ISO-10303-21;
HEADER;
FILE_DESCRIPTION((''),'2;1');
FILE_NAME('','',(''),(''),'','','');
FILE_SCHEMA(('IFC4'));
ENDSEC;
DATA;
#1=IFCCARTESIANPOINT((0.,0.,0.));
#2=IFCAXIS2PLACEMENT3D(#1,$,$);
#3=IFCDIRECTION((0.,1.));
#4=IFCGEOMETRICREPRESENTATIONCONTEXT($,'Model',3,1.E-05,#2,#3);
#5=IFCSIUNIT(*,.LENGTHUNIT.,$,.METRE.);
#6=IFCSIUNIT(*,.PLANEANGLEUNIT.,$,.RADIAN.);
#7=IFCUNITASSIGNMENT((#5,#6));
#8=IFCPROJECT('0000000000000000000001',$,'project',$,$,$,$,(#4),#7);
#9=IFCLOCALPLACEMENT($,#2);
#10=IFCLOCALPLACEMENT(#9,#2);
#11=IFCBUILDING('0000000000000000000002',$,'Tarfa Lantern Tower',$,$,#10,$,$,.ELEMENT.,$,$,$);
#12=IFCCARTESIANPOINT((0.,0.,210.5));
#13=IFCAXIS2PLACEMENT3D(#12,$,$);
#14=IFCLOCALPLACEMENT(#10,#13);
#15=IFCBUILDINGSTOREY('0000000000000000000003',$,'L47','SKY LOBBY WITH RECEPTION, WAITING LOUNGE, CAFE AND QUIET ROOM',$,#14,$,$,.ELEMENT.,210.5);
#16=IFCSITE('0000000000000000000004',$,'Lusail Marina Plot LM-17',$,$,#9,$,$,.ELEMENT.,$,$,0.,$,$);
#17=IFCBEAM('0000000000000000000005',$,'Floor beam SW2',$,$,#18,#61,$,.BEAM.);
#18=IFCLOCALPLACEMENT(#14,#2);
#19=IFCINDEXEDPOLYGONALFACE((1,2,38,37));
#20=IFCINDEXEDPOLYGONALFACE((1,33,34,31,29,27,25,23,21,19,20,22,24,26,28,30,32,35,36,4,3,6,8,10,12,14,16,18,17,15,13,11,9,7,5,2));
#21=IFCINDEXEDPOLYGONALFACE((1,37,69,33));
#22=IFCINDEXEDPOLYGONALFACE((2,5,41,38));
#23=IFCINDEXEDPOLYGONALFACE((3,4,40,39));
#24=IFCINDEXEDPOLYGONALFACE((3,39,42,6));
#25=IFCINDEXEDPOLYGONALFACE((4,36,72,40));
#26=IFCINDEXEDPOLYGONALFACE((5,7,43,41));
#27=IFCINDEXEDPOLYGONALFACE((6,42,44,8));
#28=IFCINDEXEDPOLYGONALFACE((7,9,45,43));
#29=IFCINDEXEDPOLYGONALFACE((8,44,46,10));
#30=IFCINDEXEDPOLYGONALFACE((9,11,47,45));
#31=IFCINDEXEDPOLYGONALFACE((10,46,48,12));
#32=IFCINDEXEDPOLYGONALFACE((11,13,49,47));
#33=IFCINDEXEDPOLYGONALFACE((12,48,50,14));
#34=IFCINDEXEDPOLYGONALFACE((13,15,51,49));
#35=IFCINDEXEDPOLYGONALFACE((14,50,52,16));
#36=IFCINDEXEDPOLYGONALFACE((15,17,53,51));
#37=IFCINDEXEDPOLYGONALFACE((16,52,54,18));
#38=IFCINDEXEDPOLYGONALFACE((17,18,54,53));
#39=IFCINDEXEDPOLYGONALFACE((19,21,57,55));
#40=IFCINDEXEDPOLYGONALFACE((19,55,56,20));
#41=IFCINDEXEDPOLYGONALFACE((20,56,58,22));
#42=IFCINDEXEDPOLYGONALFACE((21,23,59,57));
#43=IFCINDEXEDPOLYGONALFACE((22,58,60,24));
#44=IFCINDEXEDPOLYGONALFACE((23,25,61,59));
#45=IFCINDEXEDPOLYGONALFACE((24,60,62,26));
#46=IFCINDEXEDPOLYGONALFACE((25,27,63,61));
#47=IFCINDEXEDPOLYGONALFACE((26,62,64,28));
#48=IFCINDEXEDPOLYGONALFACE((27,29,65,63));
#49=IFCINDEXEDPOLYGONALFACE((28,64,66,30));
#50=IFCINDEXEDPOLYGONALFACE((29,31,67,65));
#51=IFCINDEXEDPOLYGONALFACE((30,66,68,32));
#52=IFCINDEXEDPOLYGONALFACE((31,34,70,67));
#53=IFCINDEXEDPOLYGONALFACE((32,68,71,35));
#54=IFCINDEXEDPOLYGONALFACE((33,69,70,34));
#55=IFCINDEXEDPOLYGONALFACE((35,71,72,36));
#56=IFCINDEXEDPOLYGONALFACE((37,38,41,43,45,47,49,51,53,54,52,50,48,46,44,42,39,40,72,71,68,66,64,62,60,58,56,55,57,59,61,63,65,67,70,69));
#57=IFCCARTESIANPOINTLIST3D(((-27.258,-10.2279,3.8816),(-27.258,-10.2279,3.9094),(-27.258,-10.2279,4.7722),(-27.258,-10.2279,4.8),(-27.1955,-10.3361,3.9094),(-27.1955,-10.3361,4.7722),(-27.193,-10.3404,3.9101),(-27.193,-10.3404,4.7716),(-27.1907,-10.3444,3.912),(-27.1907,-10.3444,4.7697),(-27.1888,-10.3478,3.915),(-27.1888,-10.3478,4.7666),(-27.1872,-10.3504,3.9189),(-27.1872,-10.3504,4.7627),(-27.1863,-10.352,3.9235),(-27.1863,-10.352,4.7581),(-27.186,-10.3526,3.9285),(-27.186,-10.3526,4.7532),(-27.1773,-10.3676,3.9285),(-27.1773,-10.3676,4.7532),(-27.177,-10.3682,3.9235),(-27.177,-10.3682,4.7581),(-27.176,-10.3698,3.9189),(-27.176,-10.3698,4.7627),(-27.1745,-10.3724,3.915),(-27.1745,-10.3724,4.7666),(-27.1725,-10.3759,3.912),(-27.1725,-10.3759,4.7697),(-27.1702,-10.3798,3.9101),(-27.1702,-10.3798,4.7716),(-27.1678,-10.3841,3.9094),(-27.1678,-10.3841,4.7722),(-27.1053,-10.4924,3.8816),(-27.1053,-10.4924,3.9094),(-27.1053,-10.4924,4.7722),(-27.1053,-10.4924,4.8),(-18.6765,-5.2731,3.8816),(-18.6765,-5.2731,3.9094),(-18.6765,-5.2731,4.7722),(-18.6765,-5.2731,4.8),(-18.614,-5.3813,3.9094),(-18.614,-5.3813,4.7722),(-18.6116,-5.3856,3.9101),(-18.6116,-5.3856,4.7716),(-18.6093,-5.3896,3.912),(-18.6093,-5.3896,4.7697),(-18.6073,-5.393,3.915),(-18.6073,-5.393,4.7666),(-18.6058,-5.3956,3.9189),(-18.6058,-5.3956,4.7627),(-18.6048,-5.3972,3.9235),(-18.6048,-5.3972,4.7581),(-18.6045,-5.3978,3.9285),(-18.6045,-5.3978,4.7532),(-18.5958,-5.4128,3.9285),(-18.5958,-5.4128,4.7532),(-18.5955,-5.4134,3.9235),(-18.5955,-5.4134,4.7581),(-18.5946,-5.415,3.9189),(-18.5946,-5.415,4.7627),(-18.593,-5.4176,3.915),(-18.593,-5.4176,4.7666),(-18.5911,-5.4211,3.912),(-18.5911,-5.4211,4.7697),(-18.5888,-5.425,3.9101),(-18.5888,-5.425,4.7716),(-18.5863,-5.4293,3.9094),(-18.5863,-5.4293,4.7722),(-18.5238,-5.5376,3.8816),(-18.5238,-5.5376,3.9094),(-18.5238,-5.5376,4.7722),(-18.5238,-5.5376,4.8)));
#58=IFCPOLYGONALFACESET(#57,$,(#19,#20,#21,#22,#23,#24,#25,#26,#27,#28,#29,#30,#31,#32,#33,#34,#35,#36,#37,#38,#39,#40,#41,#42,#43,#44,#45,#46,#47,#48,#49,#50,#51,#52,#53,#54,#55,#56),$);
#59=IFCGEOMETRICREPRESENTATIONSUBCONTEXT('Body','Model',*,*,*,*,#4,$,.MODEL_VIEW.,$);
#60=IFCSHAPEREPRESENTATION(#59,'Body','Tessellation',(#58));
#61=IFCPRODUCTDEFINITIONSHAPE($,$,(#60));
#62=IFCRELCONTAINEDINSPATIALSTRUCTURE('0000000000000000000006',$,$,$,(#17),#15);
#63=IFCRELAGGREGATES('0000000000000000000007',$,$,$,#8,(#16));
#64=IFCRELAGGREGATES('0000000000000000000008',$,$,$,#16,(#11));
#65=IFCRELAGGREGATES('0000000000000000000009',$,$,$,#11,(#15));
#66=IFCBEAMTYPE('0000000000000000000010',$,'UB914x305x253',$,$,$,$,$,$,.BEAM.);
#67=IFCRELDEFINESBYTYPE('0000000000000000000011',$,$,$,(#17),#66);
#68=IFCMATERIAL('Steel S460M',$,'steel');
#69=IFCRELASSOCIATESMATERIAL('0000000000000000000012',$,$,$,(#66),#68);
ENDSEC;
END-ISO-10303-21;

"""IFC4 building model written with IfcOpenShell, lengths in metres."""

from ifc_helpers import new_model, si_unit, direction, frame, origin, origin_2d, place, context, subcontext, project, spatial, i_section, extrude, material, material_profile, profile_set, type_object, element, save


model = new_model("IFC4")

# Units and contexts
model_context = context("Model", 3, precision=1e-05, world=origin(), true_north=direction((0.0, 1.0)))
body_context = subcontext(model_context, "Body", "Model", "MODEL_VIEW")
ifc_project = project(units=[si_unit("LENGTHUNIT", "METRE"), si_unit("PLANEANGLEUNIT", "RADIAN")], contexts=[model_context])

# Site, building, storey
site_placement = place(None, origin())
site = spatial("IfcSite", under=ifc_project, at=site_placement, Name="Lusail Marina Plot LM-17", CompositionType="ELEMENT", RefElevation=0.0)
building_placement = place(site_placement, origin())
building = spatial("IfcBuilding", under=site, at=building_placement, Name="Tarfa Lantern Tower", CompositionType="ELEMENT")
storey_placement = place(building_placement, frame((0.0, 0.0, 210.5)))
storey = spatial("IfcBuildingStorey", under=building, at=storey_placement, Name="L47", Description="SKY LOBBY WITH RECEPTION, WAITING LOUNGE, CAFE AND QUIET ROOM", CompositionType="ELEMENT", Elevation=210.5)

# Shared definitions
ifc_material_1 = material(Name="Steel S460M", Category="steel")

# Beam
ifc_material_profile_1 = material_profile(ifc_material_1, i_section(OverallWidth=0.3054, OverallDepth=0.9185, WebThickness=0.0173, FlangeThickness=0.0278, FilletRadius=0.019, at=origin_2d()), Name="UB914x305x253")
ifc_profile_set_1 = profile_set([ifc_material_profile_1], Name="Steel S460M")
beam_type_1 = type_object("IfcBeamType", Name="UB914x305x253", PredefinedType="BEAM", material=ifc_profile_set_1)
beam_1_placement = place(storey_placement, frame((-27.1816, -10.3601, 4.3408), z_axis=(0.866013, 0.500021, 0.0), x_axis=(-0.500021, 0.866013, 0.0)))
element("IfcBeam", 1, at=beam_1_placement, inside=storey, type_object=beam_type_1, Name="Floor beam SW2", PredefinedType="BEAM", context=body_context, shape_type="SweptSolid", body=[
    extrude(i_section(OverallWidth=0.3054, OverallDepth=0.9185, WebThickness=0.0173, FlangeThickness=0.0278, FilletRadius=0.019, at=origin_2d()), origin(), (0.0, 0.0, 1.0), 9.9092),
])

save(model, "model.ifc")
